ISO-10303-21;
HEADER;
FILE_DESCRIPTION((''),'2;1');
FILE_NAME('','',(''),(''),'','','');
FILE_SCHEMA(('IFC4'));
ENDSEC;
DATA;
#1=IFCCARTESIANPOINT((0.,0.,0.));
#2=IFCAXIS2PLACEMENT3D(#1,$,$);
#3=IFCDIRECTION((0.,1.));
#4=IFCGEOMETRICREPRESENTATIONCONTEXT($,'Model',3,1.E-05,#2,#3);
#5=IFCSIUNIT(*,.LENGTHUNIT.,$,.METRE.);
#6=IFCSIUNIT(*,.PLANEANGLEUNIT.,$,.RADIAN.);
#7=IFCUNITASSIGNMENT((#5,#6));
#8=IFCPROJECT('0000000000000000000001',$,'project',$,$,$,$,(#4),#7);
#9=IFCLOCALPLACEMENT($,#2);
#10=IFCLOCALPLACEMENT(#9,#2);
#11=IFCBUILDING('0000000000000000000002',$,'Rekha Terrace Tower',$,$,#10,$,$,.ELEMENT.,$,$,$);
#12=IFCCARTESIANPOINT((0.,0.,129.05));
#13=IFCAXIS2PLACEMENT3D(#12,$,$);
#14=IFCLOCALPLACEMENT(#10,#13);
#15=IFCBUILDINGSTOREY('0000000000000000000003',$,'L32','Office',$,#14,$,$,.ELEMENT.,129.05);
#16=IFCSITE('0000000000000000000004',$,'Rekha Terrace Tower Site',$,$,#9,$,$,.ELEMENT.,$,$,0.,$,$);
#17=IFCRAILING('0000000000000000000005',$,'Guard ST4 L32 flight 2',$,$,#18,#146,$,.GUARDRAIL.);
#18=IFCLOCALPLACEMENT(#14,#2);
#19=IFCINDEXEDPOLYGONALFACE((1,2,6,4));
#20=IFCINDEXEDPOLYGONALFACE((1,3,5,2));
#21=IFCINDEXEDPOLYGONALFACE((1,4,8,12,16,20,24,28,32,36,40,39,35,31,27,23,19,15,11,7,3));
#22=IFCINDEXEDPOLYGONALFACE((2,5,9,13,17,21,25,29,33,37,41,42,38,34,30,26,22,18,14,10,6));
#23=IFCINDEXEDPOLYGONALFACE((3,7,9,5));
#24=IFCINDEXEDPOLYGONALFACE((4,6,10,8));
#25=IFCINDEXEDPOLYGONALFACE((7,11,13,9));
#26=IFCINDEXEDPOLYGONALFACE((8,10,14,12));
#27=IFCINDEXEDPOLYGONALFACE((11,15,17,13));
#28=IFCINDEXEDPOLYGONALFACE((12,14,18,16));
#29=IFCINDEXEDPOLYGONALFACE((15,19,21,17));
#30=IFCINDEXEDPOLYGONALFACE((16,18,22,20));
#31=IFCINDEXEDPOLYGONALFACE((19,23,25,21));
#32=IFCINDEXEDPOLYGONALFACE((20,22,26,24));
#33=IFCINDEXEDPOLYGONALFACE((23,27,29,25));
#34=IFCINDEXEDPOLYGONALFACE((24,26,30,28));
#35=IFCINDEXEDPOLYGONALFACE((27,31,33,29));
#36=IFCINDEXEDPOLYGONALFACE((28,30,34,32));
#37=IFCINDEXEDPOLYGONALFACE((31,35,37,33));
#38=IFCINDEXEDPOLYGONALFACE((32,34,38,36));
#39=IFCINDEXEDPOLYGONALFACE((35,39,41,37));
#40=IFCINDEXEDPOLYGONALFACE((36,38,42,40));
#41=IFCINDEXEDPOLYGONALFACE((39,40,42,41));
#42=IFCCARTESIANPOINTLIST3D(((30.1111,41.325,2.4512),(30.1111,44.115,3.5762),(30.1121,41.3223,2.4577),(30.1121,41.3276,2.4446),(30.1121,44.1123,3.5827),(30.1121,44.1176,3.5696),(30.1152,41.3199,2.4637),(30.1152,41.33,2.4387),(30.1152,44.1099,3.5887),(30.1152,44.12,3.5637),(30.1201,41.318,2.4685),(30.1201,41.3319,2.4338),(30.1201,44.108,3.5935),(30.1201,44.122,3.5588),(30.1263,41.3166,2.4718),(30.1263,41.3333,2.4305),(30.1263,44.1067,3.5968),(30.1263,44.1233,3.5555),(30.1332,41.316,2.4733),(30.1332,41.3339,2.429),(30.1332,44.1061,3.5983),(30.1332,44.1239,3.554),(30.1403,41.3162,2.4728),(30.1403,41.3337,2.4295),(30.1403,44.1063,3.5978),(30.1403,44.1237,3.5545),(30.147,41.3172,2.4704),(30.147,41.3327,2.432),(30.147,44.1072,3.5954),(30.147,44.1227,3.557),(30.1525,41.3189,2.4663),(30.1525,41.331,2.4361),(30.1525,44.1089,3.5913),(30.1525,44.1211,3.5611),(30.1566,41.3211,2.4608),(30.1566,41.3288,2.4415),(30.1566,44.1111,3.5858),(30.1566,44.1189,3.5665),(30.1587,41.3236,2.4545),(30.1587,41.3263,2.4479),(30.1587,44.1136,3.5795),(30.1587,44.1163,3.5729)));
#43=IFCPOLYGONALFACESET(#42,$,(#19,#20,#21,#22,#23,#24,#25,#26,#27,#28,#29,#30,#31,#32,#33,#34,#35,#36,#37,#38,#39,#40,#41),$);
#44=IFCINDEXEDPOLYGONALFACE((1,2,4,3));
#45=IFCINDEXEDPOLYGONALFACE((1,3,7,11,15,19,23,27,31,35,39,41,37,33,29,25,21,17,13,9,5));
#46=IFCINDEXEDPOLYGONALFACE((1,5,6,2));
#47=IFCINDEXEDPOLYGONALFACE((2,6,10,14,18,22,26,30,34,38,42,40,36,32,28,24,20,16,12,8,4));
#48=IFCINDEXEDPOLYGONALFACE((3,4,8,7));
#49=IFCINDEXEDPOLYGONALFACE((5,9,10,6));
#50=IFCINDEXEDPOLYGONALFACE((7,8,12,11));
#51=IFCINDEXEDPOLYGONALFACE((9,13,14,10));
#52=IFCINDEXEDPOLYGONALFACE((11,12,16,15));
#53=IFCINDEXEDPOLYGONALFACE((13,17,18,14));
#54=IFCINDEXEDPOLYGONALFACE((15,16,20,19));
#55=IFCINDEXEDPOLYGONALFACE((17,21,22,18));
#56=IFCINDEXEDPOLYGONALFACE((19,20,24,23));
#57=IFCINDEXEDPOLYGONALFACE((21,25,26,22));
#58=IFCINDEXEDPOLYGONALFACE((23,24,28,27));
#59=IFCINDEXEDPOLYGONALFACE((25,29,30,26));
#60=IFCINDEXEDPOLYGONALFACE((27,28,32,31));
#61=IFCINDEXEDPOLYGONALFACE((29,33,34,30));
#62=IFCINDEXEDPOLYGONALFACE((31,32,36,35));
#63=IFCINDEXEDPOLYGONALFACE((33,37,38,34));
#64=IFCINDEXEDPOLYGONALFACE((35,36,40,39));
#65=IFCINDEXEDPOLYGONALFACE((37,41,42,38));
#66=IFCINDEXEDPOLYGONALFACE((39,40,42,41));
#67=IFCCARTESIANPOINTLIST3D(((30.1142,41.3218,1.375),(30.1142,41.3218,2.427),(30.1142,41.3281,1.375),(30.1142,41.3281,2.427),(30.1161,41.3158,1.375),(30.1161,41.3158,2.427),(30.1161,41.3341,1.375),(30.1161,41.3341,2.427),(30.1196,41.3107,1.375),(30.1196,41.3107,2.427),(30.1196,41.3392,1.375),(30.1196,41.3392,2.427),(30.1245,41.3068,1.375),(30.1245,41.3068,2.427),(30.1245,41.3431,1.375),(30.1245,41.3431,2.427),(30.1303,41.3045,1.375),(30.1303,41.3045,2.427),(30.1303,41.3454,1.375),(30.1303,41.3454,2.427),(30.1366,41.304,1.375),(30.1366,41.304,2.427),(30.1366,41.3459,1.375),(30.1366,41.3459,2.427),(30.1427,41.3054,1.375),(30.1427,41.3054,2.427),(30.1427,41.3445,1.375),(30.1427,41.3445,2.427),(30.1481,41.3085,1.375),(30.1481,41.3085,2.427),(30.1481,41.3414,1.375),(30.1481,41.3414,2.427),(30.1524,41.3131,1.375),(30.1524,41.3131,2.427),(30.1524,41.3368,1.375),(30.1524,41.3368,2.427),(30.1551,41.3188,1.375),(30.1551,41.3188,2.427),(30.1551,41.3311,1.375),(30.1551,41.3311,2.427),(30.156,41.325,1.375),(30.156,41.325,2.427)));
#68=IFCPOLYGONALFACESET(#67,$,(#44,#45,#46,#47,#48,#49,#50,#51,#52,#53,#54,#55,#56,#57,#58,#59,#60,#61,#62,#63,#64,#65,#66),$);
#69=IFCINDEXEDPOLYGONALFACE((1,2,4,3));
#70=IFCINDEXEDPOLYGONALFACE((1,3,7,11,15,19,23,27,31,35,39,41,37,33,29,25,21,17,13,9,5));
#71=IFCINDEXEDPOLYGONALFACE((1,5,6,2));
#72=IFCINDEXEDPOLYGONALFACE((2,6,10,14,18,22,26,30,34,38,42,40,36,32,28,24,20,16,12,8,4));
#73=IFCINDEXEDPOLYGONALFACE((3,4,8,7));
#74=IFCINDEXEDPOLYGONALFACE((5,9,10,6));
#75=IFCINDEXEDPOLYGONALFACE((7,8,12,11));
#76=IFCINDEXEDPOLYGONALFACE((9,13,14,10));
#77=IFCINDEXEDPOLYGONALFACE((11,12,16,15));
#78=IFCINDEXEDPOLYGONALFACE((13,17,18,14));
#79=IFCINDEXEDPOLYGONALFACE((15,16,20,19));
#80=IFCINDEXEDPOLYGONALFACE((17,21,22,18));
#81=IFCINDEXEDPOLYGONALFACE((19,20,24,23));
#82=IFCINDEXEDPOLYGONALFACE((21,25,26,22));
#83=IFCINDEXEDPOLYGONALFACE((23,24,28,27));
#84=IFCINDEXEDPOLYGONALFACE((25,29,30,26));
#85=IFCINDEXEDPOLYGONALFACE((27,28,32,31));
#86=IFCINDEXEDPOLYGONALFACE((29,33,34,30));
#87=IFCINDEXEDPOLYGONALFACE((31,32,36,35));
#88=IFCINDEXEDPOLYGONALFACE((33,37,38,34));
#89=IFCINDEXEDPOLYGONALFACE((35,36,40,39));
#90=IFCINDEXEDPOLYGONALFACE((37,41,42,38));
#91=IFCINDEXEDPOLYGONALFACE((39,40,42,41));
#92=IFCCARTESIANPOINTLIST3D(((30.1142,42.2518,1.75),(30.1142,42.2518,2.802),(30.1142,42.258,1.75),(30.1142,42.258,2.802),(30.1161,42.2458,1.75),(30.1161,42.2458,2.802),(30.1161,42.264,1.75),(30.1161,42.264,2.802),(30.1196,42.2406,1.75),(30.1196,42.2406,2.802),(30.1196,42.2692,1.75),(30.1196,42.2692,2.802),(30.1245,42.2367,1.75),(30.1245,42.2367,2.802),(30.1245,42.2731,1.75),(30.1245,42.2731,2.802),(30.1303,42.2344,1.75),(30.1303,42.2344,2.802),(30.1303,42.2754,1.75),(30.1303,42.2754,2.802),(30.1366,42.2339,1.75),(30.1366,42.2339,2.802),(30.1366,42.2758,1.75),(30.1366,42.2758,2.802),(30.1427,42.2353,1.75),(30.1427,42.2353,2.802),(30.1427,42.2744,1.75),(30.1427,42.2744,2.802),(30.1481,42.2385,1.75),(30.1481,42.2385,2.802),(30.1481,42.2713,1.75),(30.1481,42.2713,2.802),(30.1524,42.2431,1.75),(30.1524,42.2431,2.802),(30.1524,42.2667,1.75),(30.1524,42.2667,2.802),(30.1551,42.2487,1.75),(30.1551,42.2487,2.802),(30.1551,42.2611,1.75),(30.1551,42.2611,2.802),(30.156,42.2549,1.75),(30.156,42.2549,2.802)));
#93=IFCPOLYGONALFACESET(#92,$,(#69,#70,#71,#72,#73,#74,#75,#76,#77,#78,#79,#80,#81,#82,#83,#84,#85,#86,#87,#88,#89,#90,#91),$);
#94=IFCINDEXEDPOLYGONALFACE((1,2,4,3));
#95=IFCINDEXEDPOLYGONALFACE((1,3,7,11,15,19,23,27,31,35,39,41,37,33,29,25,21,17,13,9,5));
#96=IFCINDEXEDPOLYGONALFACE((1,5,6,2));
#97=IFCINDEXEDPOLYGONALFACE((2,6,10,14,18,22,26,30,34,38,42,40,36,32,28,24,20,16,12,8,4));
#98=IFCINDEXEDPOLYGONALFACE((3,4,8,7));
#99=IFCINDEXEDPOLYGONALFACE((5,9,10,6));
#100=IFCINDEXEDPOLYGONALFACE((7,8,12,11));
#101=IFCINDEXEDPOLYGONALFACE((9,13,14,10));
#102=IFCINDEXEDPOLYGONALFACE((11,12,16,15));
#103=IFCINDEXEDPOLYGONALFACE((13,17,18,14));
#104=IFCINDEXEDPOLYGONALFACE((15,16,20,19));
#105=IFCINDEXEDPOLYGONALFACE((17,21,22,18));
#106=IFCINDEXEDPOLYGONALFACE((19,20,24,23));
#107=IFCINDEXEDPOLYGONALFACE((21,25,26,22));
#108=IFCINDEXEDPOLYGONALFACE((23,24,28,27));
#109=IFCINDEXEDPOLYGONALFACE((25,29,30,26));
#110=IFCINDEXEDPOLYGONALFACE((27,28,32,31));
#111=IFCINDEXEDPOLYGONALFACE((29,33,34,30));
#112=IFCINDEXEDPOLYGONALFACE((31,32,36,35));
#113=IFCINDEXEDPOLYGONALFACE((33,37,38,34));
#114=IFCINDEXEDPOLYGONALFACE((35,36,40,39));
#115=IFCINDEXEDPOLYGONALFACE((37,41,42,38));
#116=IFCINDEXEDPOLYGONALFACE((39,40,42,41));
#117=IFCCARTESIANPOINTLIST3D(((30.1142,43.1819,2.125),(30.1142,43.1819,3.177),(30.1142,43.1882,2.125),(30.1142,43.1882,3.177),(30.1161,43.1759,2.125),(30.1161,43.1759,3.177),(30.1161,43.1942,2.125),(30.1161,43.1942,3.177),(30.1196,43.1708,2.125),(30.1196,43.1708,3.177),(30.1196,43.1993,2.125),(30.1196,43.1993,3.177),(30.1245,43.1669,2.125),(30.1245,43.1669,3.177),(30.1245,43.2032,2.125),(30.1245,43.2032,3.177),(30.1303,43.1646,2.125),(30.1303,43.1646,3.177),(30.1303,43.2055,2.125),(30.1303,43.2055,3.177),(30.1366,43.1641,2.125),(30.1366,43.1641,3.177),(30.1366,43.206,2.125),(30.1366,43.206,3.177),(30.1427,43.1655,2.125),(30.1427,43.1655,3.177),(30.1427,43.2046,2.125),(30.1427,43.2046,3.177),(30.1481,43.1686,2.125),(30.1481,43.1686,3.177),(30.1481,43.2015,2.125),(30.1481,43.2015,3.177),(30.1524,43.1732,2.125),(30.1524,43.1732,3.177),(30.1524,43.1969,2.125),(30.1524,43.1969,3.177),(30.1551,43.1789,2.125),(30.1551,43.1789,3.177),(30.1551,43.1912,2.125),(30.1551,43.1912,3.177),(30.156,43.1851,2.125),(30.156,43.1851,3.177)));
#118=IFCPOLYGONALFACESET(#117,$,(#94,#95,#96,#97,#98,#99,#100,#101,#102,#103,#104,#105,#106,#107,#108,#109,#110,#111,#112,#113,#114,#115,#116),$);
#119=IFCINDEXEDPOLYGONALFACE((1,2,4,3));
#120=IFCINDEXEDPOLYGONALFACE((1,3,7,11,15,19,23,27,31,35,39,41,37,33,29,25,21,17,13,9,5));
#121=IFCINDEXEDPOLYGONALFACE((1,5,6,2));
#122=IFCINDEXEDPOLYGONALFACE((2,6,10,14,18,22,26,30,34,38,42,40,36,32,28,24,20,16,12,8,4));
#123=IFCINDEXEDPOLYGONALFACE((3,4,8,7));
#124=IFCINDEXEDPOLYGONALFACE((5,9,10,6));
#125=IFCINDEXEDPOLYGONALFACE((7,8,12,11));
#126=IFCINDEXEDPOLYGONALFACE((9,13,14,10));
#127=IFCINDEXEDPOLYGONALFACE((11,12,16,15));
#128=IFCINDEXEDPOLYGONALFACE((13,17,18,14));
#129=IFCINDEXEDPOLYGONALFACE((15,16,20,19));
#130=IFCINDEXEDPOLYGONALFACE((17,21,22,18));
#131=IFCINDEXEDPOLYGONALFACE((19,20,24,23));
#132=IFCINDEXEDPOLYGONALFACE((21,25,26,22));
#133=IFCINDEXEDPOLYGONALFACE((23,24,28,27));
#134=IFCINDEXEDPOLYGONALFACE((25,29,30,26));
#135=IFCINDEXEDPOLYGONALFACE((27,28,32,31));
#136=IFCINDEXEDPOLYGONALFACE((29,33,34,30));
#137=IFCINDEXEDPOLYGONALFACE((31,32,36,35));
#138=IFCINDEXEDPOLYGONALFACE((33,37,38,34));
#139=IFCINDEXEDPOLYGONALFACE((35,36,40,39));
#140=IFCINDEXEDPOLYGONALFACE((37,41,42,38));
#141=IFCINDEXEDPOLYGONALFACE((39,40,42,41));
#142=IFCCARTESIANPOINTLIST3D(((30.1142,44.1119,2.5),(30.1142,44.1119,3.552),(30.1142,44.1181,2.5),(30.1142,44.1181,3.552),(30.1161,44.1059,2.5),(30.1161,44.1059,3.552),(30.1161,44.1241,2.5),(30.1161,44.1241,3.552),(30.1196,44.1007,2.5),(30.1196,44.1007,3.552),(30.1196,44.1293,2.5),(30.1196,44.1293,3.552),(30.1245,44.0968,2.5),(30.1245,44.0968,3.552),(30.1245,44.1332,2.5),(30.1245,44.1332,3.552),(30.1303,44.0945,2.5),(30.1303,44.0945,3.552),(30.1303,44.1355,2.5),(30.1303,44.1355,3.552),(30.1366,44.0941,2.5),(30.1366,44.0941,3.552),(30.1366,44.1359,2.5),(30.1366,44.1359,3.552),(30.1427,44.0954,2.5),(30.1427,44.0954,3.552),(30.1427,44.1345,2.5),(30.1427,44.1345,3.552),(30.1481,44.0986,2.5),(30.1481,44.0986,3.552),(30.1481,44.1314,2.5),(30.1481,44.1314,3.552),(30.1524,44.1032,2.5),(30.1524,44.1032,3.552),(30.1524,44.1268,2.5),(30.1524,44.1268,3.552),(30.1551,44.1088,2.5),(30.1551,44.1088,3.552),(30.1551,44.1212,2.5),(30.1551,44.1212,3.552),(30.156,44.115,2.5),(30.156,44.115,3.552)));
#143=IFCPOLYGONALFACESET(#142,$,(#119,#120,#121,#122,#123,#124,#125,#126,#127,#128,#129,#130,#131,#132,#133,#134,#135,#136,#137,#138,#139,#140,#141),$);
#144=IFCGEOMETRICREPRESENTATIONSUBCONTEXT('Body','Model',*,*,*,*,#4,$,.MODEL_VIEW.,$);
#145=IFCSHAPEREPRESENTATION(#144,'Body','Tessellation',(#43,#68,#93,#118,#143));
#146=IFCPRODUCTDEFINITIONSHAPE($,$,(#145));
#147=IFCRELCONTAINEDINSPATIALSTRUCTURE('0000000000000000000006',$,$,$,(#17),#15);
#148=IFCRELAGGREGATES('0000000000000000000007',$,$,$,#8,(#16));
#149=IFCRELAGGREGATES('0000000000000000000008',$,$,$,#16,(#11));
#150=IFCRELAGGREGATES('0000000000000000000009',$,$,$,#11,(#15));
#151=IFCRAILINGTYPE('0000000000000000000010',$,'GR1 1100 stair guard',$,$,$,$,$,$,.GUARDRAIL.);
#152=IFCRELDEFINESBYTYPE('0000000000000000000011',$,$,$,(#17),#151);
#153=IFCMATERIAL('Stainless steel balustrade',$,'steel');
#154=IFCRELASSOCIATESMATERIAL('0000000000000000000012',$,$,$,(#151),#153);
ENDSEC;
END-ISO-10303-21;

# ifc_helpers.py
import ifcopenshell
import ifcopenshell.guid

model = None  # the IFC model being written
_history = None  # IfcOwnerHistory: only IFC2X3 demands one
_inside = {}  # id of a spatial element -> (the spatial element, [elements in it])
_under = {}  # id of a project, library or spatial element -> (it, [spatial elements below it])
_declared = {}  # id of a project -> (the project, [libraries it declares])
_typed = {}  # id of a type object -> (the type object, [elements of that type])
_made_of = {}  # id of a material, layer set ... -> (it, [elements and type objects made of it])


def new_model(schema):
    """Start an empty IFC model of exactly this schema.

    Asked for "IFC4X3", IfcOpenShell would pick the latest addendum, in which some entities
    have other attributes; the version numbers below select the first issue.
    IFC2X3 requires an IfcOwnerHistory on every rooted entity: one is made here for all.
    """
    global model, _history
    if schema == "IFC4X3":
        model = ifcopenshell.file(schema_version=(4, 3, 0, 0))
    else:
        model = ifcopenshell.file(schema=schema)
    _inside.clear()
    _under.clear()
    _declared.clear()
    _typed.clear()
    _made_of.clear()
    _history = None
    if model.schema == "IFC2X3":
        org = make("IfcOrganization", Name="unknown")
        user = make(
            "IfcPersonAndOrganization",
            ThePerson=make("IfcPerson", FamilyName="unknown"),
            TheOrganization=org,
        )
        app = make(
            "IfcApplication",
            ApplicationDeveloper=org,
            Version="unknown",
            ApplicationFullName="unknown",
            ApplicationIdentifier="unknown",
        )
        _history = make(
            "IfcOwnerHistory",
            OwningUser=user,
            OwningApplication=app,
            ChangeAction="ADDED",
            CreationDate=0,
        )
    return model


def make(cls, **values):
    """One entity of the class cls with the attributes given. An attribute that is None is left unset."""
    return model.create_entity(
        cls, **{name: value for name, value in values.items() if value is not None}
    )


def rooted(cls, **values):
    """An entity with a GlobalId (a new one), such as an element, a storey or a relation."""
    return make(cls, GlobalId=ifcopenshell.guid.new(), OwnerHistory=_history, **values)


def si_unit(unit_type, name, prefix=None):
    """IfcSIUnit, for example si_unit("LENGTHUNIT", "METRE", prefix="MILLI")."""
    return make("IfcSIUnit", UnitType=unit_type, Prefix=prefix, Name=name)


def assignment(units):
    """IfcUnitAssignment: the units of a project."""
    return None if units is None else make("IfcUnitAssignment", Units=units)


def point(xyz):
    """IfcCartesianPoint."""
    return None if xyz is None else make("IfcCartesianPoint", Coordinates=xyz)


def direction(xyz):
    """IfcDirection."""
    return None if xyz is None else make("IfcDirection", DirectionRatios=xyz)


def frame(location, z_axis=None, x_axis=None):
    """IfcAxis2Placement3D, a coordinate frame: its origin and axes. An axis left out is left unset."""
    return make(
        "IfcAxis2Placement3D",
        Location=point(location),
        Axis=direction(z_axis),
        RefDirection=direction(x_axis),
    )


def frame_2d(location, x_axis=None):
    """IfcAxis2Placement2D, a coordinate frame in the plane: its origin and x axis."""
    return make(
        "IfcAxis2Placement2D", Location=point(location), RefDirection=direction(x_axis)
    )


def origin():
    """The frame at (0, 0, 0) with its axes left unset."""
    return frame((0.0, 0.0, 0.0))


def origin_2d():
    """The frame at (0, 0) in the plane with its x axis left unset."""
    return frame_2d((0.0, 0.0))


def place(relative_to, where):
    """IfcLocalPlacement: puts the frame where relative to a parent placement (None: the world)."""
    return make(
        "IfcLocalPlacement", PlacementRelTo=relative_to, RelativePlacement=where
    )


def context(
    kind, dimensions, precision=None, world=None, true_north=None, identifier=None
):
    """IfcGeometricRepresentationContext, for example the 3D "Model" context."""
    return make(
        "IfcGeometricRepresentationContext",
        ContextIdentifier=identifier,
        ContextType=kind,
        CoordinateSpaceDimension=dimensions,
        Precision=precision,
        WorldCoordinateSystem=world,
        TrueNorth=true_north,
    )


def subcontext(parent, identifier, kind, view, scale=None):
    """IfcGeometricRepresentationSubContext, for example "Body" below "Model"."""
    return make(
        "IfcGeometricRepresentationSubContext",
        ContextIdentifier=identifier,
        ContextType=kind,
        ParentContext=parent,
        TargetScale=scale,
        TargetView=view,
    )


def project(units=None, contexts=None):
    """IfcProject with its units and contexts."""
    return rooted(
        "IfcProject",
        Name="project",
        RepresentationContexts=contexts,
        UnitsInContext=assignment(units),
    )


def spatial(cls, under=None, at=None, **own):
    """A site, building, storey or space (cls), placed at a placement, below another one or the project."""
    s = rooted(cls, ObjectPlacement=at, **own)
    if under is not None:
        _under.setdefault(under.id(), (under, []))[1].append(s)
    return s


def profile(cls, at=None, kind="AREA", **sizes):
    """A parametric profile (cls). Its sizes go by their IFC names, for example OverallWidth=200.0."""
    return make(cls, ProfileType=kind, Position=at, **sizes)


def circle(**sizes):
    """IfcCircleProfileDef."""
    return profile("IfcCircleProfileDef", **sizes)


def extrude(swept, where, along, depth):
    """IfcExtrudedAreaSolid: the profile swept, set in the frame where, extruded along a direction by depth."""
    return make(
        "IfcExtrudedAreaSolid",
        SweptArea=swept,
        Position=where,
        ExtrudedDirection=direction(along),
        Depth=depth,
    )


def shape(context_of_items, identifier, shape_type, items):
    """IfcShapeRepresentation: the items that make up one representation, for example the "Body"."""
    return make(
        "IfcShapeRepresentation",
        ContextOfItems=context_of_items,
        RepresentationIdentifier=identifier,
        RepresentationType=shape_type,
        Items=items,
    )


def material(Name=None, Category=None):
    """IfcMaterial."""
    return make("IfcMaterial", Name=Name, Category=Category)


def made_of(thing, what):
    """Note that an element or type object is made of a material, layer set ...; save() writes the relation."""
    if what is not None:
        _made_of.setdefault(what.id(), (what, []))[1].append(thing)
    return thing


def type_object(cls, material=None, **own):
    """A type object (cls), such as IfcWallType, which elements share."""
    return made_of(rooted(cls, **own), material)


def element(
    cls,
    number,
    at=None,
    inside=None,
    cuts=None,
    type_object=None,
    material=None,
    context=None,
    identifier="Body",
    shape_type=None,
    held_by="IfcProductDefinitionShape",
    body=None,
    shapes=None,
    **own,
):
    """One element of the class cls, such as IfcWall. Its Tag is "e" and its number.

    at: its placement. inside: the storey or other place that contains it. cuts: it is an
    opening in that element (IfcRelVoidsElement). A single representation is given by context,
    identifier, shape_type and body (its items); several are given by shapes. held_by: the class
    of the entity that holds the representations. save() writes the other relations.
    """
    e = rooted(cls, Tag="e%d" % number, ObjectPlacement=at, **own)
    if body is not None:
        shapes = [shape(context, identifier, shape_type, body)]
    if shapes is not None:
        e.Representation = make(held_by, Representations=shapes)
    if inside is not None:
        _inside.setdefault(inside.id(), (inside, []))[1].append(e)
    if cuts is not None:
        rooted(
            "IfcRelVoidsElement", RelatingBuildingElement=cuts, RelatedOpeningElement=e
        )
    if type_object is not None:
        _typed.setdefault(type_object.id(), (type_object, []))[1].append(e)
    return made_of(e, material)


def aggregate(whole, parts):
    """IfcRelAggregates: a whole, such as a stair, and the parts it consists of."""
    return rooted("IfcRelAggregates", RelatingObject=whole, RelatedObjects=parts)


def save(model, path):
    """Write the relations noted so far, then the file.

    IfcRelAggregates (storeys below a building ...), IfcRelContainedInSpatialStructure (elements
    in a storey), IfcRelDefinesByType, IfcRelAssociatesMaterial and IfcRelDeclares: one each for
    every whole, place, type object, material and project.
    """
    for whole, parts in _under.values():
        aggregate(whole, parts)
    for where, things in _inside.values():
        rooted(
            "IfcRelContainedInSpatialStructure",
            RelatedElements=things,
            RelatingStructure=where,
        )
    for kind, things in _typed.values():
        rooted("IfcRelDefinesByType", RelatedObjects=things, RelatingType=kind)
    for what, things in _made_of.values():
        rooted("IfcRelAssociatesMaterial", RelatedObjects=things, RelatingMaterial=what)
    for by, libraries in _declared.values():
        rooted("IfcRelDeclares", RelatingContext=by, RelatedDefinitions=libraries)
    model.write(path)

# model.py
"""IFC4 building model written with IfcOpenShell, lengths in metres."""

from ifc_helpers import new_model, si_unit, direction, frame, origin, origin_2d, place, context, subcontext, project, spatial, circle, extrude, material, type_object, element, save


model = new_model("IFC4")

# Units and contexts
model_context = context("Model", 3, precision=1e-05, world=origin(), true_north=direction((0.0, 1.0)))
body_context = subcontext(model_context, "Body", "Model", "MODEL_VIEW")
ifc_project = project(units=[si_unit("LENGTHUNIT", "METRE"), si_unit("PLANEANGLEUNIT", "RADIAN")], contexts=[model_context])

# Site, building, storey
site_placement = place(None, origin())
site = spatial("IfcSite", under=ifc_project, at=site_placement, Name="Rekha Terrace Tower Site", CompositionType="ELEMENT", RefElevation=0.0)
building_placement = place(site_placement, origin())
building = spatial("IfcBuilding", under=site, at=building_placement, Name="Rekha Terrace Tower", CompositionType="ELEMENT")
storey_placement = place(building_placement, frame((0.0, 0.0, 129.05)))
storey = spatial("IfcBuildingStorey", under=building, at=storey_placement, Name="L32", Description="Office", CompositionType="ELEMENT", Elevation=129.05)

# Railing
ifc_material_1 = material(Name="Stainless steel balustrade", Category="steel")
railing_type_1 = type_object("IfcRailingType", Name="GR1 1100 stair guard", PredefinedType="GUARDRAIL", material=ifc_material_1)
railing_1_placement = place(storey_placement, frame((30.135, 41.325, 1.375)))
element("IfcRailing", 1, at=railing_1_placement, inside=storey, type_object=railing_type_1, Name="Guard ST4 L32 flight 2", PredefinedType="GUARDRAIL", context=body_context, shape_type="SweptSolid", body=[
    extrude(circle(Radius=0.0239, at=origin_2d()), frame((0.0, 0.0, 1.0762), z_axis=(0.0, 0.927443, 0.373964), x_axis=(-1.0, 0.0, 0.0)), (0.0, 0.0, 1.0), 3.0083),
    extrude(circle(Radius=0.021, at=origin_2d()), origin(), (0.0, 0.0, 1.0), 1.052),
    extrude(circle(Radius=0.021, at=origin_2d()), frame((0.0, 0.9299, 0.375)), (0.0, 0.0, 1.0), 1.052),
    extrude(circle(Radius=0.021, at=origin_2d()), frame((0.0, 1.8601, 0.75)), (0.0, 0.0, 1.0), 1.052),
    extrude(circle(Radius=0.021, at=origin_2d()), frame((0.0, 2.79, 1.125)), (0.0, 0.0, 1.0), 1.052),
])

save(model, "model.ifc")
